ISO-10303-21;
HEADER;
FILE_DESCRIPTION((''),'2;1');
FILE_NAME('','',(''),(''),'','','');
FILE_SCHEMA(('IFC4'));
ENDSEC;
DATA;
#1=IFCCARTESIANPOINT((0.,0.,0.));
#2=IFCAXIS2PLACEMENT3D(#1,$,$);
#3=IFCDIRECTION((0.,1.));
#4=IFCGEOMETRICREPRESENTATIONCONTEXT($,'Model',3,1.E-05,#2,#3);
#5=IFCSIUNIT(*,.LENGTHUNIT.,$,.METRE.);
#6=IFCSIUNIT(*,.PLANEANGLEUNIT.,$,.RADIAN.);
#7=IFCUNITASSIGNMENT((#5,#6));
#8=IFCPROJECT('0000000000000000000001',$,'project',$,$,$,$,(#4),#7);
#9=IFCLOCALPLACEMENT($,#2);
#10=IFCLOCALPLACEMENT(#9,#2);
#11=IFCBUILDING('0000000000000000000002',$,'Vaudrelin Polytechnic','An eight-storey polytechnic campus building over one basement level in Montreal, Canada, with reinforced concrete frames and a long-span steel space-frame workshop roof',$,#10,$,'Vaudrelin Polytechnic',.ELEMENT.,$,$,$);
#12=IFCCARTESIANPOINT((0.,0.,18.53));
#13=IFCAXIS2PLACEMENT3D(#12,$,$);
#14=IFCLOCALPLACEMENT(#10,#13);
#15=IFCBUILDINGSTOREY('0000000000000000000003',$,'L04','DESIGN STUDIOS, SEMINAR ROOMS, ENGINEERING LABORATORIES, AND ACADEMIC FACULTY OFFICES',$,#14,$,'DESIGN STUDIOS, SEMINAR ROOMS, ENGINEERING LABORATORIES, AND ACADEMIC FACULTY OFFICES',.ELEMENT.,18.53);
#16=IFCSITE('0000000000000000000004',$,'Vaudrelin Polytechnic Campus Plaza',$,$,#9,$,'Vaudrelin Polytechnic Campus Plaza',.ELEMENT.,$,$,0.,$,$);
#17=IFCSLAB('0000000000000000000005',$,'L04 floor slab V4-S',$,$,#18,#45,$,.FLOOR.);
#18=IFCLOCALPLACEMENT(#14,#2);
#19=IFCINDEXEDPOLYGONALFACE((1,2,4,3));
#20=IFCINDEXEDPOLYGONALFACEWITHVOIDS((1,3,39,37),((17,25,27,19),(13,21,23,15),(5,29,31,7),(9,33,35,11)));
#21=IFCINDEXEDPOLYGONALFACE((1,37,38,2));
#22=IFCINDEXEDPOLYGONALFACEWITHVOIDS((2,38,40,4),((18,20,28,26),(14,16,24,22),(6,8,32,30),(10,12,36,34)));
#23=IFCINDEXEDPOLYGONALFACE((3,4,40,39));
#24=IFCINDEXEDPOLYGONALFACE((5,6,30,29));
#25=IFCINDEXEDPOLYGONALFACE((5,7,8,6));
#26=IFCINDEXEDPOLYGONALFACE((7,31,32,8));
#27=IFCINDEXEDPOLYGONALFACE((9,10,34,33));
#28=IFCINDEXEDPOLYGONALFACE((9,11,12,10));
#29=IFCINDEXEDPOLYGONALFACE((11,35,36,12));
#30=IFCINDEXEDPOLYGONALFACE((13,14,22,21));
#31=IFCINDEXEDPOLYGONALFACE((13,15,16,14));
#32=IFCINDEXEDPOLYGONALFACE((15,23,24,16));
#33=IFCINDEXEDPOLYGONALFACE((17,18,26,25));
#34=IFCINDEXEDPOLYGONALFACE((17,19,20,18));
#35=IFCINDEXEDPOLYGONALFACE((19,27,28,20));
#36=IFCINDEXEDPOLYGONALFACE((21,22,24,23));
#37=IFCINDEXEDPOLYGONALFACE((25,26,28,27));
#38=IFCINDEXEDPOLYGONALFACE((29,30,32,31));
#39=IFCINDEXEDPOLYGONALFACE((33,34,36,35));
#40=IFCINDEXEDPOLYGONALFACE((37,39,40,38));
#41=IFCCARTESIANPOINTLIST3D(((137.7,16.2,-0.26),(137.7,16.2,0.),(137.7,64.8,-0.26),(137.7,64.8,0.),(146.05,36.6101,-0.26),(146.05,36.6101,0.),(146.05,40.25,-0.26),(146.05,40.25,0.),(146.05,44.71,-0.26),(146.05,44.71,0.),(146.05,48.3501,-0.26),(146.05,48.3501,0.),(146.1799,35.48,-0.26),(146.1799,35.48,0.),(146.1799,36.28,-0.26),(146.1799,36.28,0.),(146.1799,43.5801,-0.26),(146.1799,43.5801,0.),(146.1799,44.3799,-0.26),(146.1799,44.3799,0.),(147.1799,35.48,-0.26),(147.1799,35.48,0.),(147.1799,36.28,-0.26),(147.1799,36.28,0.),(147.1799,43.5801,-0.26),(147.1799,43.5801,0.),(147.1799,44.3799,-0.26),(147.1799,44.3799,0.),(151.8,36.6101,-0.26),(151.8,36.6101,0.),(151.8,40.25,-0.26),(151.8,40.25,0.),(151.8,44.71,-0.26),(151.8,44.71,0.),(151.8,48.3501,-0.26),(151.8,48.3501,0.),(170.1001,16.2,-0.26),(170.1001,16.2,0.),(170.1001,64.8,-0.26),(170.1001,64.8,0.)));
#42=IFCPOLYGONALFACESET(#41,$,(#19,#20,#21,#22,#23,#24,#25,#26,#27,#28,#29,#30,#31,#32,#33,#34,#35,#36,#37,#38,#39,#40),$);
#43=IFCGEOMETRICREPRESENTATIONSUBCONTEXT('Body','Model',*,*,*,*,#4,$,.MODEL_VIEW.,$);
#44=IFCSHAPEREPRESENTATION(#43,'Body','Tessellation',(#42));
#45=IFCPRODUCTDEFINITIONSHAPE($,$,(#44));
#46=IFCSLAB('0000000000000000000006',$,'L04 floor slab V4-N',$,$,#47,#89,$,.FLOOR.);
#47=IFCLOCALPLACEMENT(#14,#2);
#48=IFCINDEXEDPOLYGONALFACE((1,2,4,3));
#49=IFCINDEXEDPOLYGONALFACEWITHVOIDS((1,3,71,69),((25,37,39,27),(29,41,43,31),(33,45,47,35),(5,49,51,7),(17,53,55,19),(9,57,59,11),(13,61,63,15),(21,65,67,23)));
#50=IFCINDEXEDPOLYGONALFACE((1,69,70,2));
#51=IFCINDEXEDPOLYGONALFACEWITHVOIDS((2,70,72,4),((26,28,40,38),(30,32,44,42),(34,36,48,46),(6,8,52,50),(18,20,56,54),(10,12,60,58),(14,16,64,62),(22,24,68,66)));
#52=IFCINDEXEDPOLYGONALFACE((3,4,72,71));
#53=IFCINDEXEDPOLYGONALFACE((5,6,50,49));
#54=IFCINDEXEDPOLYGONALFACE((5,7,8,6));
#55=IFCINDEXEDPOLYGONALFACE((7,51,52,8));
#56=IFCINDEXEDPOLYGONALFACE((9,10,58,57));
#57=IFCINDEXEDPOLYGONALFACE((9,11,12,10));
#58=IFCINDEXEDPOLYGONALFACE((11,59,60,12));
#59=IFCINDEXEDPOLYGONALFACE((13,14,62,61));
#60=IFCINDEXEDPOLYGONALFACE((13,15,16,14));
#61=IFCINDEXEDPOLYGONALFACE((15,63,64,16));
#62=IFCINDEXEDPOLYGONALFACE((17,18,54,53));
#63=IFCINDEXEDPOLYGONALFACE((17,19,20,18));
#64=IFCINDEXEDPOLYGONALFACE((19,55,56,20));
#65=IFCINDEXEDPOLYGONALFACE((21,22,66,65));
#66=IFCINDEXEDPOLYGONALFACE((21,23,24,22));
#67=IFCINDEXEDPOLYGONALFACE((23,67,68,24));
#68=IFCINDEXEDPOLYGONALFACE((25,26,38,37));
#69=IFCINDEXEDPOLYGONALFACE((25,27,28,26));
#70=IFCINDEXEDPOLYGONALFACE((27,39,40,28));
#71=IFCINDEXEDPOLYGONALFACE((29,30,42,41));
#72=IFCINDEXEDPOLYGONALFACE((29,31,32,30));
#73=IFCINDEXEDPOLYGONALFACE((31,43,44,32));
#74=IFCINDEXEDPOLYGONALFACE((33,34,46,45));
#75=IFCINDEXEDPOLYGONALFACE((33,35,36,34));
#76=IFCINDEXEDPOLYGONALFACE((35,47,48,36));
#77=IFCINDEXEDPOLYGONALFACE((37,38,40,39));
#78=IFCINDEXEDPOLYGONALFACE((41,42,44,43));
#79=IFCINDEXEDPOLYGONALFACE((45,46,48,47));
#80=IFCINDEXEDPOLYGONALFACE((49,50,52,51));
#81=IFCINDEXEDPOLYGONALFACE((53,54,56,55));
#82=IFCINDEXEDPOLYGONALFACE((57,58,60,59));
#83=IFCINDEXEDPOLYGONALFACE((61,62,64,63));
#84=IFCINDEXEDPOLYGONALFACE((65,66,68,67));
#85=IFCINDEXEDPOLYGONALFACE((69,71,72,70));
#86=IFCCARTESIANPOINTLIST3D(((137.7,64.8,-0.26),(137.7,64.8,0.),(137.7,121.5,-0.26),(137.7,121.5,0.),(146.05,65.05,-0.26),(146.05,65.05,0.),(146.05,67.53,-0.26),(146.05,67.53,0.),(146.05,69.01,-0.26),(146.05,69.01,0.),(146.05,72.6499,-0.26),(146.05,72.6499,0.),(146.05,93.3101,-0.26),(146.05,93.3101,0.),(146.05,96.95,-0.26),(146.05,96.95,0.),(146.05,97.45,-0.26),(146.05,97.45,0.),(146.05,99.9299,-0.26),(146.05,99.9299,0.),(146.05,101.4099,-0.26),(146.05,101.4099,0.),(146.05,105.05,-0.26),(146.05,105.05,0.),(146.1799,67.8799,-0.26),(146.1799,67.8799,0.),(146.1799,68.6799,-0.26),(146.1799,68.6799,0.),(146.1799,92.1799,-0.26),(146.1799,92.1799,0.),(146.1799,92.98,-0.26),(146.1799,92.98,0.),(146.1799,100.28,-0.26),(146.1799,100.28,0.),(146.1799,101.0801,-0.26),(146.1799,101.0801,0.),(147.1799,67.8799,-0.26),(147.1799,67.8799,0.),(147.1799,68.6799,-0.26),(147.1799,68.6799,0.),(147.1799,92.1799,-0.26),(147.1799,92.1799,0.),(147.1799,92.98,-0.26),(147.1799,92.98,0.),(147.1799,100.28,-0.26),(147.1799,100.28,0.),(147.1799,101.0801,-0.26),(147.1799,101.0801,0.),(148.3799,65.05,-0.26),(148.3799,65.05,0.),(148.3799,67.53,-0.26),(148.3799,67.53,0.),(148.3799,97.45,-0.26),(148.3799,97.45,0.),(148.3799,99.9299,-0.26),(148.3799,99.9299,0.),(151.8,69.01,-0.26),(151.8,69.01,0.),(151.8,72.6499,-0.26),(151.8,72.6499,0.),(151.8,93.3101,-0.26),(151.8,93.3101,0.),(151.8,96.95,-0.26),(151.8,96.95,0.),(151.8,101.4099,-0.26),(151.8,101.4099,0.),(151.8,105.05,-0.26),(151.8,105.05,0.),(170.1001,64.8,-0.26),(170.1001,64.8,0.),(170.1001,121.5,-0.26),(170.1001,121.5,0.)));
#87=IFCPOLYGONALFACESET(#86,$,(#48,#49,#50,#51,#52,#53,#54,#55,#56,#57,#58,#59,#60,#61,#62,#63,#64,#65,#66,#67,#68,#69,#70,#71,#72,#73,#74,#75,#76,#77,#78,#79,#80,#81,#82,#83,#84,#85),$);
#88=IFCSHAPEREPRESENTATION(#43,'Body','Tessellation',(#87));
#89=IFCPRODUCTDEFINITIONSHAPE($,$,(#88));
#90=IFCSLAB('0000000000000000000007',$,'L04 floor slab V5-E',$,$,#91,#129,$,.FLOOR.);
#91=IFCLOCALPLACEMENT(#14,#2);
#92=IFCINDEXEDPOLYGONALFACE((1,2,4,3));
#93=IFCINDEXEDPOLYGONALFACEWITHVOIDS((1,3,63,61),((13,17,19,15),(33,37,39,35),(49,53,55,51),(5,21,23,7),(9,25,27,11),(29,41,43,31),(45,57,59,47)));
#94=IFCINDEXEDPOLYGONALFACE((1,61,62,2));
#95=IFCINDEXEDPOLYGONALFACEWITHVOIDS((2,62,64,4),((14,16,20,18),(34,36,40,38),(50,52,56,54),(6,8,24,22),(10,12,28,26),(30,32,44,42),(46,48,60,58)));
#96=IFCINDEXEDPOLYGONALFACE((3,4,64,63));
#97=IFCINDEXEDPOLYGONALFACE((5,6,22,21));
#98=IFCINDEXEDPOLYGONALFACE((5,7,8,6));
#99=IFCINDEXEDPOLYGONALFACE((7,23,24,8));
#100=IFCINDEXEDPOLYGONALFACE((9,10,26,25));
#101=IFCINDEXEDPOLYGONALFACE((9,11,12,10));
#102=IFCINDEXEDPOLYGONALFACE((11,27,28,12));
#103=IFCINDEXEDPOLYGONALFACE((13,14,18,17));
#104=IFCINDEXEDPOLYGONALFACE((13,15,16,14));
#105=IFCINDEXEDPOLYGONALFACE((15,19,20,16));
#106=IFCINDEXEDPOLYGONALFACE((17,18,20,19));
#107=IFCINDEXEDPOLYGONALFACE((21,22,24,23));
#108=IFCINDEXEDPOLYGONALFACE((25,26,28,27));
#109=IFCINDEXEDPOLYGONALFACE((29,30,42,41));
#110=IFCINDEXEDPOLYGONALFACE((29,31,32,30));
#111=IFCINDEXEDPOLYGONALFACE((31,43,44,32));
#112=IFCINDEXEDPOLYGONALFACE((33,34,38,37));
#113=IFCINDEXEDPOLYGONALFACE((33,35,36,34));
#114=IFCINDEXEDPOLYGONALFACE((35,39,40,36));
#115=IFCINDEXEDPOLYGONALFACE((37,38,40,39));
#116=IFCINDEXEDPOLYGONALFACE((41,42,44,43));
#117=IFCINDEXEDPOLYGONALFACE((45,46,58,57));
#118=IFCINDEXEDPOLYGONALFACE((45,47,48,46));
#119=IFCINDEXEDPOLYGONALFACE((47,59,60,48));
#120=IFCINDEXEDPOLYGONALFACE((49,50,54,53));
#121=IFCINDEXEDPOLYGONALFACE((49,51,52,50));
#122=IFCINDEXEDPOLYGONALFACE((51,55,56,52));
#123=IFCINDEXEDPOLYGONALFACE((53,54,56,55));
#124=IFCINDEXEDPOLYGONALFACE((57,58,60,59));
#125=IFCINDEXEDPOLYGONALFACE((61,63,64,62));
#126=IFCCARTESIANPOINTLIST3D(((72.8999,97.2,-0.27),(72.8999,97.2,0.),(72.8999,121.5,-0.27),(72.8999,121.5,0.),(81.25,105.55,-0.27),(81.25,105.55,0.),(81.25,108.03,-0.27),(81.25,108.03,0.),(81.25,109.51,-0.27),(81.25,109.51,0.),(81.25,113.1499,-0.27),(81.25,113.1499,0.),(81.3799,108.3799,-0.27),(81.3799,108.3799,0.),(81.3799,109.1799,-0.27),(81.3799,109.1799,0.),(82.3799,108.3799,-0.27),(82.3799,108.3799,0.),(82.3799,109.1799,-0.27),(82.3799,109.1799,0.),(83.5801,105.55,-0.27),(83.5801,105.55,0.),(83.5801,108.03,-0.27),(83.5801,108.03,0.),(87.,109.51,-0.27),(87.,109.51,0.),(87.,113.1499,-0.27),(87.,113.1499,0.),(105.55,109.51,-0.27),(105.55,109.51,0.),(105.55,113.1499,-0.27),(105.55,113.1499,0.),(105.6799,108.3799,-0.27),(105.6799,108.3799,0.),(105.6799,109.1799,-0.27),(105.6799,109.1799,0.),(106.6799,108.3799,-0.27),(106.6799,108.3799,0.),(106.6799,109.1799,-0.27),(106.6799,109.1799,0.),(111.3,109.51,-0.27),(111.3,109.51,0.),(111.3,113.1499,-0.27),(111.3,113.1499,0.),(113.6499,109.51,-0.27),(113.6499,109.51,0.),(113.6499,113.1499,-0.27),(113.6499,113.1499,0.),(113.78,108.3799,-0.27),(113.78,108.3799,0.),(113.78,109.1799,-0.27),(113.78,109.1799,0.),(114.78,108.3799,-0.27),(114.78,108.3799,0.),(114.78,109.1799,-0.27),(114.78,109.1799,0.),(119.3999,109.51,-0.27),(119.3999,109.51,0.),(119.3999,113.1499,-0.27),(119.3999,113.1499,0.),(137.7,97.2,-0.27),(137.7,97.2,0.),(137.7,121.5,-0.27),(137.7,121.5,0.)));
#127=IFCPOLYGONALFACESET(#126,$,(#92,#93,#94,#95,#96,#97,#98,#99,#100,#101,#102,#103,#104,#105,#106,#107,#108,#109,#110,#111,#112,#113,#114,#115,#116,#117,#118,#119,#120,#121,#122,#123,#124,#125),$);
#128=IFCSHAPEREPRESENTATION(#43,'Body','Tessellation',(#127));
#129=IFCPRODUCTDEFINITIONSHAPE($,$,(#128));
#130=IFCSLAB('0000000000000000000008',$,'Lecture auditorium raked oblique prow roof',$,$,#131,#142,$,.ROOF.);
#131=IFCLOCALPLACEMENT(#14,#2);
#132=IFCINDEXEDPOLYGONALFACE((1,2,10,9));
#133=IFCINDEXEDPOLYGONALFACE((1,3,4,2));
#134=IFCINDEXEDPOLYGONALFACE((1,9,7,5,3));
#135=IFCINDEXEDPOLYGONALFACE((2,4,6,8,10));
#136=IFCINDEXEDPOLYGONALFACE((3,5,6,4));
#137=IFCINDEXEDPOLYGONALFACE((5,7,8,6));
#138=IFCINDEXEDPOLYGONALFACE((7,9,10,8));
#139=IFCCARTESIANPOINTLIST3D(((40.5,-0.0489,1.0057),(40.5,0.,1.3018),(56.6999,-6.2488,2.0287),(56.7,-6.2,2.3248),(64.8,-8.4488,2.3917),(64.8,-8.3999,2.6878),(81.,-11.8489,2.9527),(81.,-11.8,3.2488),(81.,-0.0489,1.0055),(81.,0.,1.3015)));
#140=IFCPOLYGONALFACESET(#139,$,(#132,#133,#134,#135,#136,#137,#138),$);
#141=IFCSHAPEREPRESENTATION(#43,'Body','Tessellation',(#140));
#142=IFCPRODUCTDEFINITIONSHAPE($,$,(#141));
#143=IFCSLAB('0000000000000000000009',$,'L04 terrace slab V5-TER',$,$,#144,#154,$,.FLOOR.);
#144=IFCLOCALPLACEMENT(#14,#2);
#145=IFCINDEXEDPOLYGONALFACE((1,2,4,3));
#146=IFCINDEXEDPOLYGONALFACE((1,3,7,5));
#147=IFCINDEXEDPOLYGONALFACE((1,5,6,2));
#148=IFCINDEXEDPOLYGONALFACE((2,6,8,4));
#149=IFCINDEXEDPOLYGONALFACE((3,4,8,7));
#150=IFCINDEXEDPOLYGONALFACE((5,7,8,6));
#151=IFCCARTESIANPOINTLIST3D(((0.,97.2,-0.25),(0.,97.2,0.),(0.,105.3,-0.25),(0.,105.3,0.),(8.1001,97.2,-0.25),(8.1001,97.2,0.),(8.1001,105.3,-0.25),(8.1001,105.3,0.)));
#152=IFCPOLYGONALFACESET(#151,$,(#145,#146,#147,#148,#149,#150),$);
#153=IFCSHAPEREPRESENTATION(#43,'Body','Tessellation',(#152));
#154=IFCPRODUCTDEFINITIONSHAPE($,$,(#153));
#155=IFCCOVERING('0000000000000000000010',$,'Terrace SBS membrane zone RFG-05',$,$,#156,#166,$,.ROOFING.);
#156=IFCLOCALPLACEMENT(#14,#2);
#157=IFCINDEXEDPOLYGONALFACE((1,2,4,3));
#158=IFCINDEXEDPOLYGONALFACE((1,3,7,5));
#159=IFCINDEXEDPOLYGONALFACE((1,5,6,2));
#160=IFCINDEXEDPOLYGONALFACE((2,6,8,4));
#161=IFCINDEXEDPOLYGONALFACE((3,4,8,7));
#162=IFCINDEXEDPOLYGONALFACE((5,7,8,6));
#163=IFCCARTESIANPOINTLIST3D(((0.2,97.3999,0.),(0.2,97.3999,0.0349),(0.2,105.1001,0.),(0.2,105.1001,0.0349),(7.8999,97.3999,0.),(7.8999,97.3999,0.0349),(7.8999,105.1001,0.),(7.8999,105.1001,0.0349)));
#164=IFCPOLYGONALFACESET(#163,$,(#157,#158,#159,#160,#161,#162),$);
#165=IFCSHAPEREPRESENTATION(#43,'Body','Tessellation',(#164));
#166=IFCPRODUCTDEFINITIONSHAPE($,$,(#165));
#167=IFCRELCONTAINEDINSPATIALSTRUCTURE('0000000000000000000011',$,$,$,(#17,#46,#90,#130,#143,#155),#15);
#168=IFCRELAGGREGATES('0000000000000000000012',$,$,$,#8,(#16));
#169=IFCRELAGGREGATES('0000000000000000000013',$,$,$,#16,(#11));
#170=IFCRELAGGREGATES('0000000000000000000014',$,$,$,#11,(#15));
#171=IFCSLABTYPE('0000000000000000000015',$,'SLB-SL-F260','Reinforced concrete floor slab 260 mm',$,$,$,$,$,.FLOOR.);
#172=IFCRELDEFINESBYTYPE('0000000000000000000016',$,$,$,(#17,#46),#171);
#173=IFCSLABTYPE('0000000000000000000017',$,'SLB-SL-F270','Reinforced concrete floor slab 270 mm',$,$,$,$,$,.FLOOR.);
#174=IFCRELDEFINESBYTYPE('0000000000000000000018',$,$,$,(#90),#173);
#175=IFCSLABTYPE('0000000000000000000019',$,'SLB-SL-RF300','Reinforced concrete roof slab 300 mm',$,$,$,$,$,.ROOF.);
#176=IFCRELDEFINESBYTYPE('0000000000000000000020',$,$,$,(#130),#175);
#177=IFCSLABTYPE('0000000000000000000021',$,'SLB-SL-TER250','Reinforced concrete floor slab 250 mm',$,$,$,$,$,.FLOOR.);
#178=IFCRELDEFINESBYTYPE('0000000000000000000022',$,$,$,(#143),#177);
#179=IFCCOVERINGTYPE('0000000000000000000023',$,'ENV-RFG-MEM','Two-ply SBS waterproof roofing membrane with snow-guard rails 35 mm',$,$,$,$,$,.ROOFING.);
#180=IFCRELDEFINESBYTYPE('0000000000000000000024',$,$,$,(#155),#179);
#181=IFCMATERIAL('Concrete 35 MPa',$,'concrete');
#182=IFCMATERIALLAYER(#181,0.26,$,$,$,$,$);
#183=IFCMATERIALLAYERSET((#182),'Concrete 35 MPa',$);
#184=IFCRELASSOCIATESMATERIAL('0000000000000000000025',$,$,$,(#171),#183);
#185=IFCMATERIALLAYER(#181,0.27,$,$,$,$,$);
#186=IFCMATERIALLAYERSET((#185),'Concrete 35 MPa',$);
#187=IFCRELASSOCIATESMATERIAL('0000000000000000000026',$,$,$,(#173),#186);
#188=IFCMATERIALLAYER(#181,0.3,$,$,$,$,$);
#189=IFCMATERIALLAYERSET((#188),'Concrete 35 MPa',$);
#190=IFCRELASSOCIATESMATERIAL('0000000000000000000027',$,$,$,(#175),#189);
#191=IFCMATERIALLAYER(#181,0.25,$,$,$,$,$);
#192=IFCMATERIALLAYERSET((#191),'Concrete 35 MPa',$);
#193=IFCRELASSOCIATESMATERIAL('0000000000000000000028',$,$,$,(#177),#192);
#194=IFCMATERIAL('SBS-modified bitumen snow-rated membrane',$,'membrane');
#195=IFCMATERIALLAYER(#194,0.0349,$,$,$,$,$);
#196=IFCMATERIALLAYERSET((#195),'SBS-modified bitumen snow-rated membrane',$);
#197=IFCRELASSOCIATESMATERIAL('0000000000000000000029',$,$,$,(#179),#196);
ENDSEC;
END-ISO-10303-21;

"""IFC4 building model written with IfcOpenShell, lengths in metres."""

from ifc_helpers import new_model, si_unit, direction, frame, origin, place, context, subcontext, project, spatial, polyline, outline, extrude, material, layer, layer_set, type_object, element, save


model = new_model("IFC4")

# Units and contexts
model_context = context("Model", 3, precision=1e-05, world=origin(), true_north=direction((0.0, 1.0)))
body_context = subcontext(model_context, "Body", "Model", "MODEL_VIEW")
ifc_project = project(units=[si_unit("LENGTHUNIT", "METRE"), si_unit("PLANEANGLEUNIT", "RADIAN")], contexts=[model_context])

# Site, building, storey
site_placement = place(None, origin())
site = spatial("IfcSite", under=ifc_project, at=site_placement, Name="Vaudrelin Polytechnic Campus Plaza", LongName="Vaudrelin Polytechnic Campus Plaza", CompositionType="ELEMENT", RefElevation=0.0)
building_placement = place(site_placement, origin())
building = spatial("IfcBuilding", under=site, at=building_placement, Name="Vaudrelin Polytechnic", Description="An eight-storey polytechnic campus building over one basement level in Montreal, Canada, with reinforced concrete frames and a long-span steel space-frame workshop roof", LongName="Vaudrelin Polytechnic", CompositionType="ELEMENT")
storey_placement = place(building_placement, frame((0.0, 0.0, 18.53)))
storey = spatial("IfcBuildingStorey", under=building, at=storey_placement, Name="L04", Description="DESIGN STUDIOS, SEMINAR ROOMS, ENGINEERING LABORATORIES, AND ACADEMIC FACULTY OFFICES", LongName="DESIGN STUDIOS, SEMINAR ROOMS, ENGINEERING LABORATORIES, AND ACADEMIC FACULTY OFFICES", CompositionType="ELEMENT", Elevation=18.53)

# Shared definitions
ifc_material_1 = material(Name="Concrete 35 MPa", Category="concrete")

# Slabs
ifc_layer_1 = layer(ifc_material_1, 0.26)
ifc_layer_set_1 = layer_set([ifc_layer_1], Name="Concrete 35 MPa")
slab_type_1 = type_object("IfcSlabType", Name="SLB-SL-F260", Description="Reinforced concrete floor slab 260 mm", PredefinedType="FLOOR", material=ifc_layer_set_1)
slab_1_placement = place(storey_placement, frame((0.0, 0.0, -0.26)))
element("IfcSlab", 1, at=slab_1_placement, inside=storey, type_object=slab_type_1, Name="L04 floor slab V4-S", PredefinedType="FLOOR", context=body_context, shape_type="SweptSolid", body=[
    extrude(outline(polyline([(137.7, 16.2), (170.1001, 16.2), (170.1001, 64.8), (137.7, 64.8), (137.7, 16.2)]), holes=[polyline([(146.05, 36.6101), (151.8, 36.6101), (151.8, 40.25), (146.05, 40.25), (146.05, 36.6101)]), polyline([(146.1799, 35.48), (147.1799, 35.48), (147.1799, 36.28), (146.1799, 36.28), (146.1799, 35.48)]), polyline([(146.05, 44.71), (151.8, 44.71), (151.8, 48.3501), (146.05, 48.3501), (146.05, 44.71)]), polyline([(146.1799, 43.5801), (147.1799, 43.5801), (147.1799, 44.3799), (146.1799, 44.3799), (146.1799, 43.5801)])]), origin(), (0.0, 0.0, 1.0), 0.26),
])
slab_2_placement = place(storey_placement, frame((0.0, 0.0, -0.26)))
element("IfcSlab", 2, at=slab_2_placement, inside=storey, type_object=slab_type_1, Name="L04 floor slab V4-N", PredefinedType="FLOOR", context=body_context, shape_type="SweptSolid", body=[
    extrude(outline(polyline([(137.7, 64.8), (170.1001, 64.8), (170.1001, 121.5), (137.7, 121.5), (137.7, 64.8)]), holes=[polyline([(146.05, 101.4099), (151.8, 101.4099), (151.8, 105.05), (146.05, 105.05), (146.05, 101.4099)]), polyline([(146.05, 97.45), (148.3799, 97.45), (148.3799, 99.9299), (146.05, 99.9299), (146.05, 97.45)]), polyline([(146.1799, 100.28), (147.1799, 100.28), (147.1799, 101.0801), (146.1799, 101.0801), (146.1799, 100.28)]), polyline([(146.05, 69.01), (151.8, 69.01), (151.8, 72.6499), (146.05, 72.6499), (146.05, 69.01)]), polyline([(146.05, 65.05), (148.3799, 65.05), (148.3799, 67.53), (146.05, 67.53), (146.05, 65.05)]), polyline([(146.1799, 67.8799), (147.1799, 67.8799), (147.1799, 68.6799), (146.1799, 68.6799), (146.1799, 67.8799)]), polyline([(146.05, 93.3101), (151.8, 93.3101), (151.8, 96.95), (146.05, 96.95), (146.05, 93.3101)]), polyline([(146.1799, 92.1799), (147.1799, 92.1799), (147.1799, 92.98), (146.1799, 92.98), (146.1799, 92.1799)])]), origin(), (0.0, 0.0, 1.0), 0.26),
])
ifc_layer_2 = layer(ifc_material_1, 0.27)
ifc_layer_set_2 = layer_set([ifc_layer_2], Name="Concrete 35 MPa")
slab_type_2 = type_object("IfcSlabType", Name="SLB-SL-F270", Description="Reinforced concrete floor slab 270 mm", PredefinedType="FLOOR", material=ifc_layer_set_2)
slab_3_placement = place(storey_placement, frame((0.0, 0.0, -0.27)))
element("IfcSlab", 3, at=slab_3_placement, inside=storey, type_object=slab_type_2, Name="L04 floor slab V5-E", PredefinedType="FLOOR", context=body_context, shape_type="SweptSolid", body=[
    extrude(outline(polyline([(72.8999, 97.2), (137.7, 97.2), (137.7, 121.5), (72.8999, 121.5), (72.8999, 97.2)]), holes=[polyline([(81.25, 109.51), (87.0, 109.51), (87.0, 113.1499), (81.25, 113.1499), (81.25, 109.51)]), polyline([(81.25, 105.55), (83.5801, 105.55), (83.5801, 108.03), (81.25, 108.03), (81.25, 105.55)]), polyline([(81.3799, 108.3799), (82.3799, 108.3799), (82.3799, 109.1799), (81.3799, 109.1799), (81.3799, 108.3799)]), polyline([(113.6499, 109.51), (119.3999, 109.51), (119.3999, 113.1499), (113.6499, 113.1499), (113.6499, 109.51)]), polyline([(113.78, 108.3799), (114.78, 108.3799), (114.78, 109.1799), (113.78, 109.1799), (113.78, 108.3799)]), polyline([(105.55, 109.51), (111.3, 109.51), (111.3, 113.1499), (105.55, 113.1499), (105.55, 109.51)]), polyline([(105.6799, 108.3799), (106.6799, 108.3799), (106.6799, 109.1799), (105.6799, 109.1799), (105.6799, 108.3799)])]), origin(), (0.0, 0.0, 1.0), 0.27),
])
ifc_layer_3 = layer(ifc_material_1, 0.3)
ifc_layer_set_3 = layer_set([ifc_layer_3], Name="Concrete 35 MPa")
slab_type_3 = type_object("IfcSlabType", Name="SLB-SL-RF300", Description="Reinforced concrete roof slab 300 mm", PredefinedType="ROOF", material=ifc_layer_set_3)
slab_4_placement = place(storey_placement, frame((40.5, 0.0, 1.3018), z_axis=(0.000005, 0.162818, 0.986656), x_axis=(0.932319, -0.356813, 0.058876)))
element("IfcSlab", 4, at=slab_4_placement, inside=storey, type_object=slab_type_3, Name="Lecture auditorium raked oblique prow roof", PredefinedType="ROOF", context=body_context, shape_type="SweptSolid", body=[
    extrude(outline(polyline([(0.0, 0.0), (17.376, 0.0), (25.7342, 0.8505), (42.0839, 3.4962), (37.7589, 14.6463), (0.0, 0.0)])), origin(), (0.0, 0.0, -1.0), 0.3),
])
ifc_layer_4 = layer(ifc_material_1, 0.25)
ifc_layer_set_4 = layer_set([ifc_layer_4], Name="Concrete 35 MPa")
slab_type_4 = type_object("IfcSlabType", Name="SLB-SL-TER250", Description="Reinforced concrete floor slab 250 mm", PredefinedType="FLOOR", material=ifc_layer_set_4)
slab_5_placement = place(storey_placement, frame((0.0, 0.0, -0.25)))
element("IfcSlab", 5, at=slab_5_placement, inside=storey, type_object=slab_type_4, Name="L04 terrace slab V5-TER", PredefinedType="FLOOR", context=body_context, shape_type="SweptSolid", body=[
    extrude(outline(polyline([(0.0, 97.2), (8.1001, 97.2), (8.1001, 105.3), (0.0, 105.3), (0.0, 97.2)])), origin(), (0.0, 0.0, 1.0), 0.25),
])

# Covering
ifc_material_2 = material(Name="SBS-modified bitumen snow-rated membrane", Category="membrane")
ifc_layer_5 = layer(ifc_material_2, 0.0349)
ifc_layer_set_5 = layer_set([ifc_layer_5], Name="SBS-modified bitumen snow-rated membrane")
covering_type = type_object("IfcCoveringType", Name="ENV-RFG-MEM", Description="Two-ply SBS waterproof roofing membrane with snow-guard rails 35 mm", PredefinedType="ROOFING", material=ifc_layer_set_5)
covering_placement = place(storey_placement, origin())
element("IfcCovering", 6, at=covering_placement, inside=storey, type_object=covering_type, Name="Terrace SBS membrane zone RFG-05", PredefinedType="ROOFING", context=body_context, shape_type="SweptSolid", body=[
    extrude(outline(polyline([(0.2, 97.3999), (7.8999, 97.3999), (7.8999, 105.1001), (0.2, 105.1001), (0.2, 97.3999)])), origin(), (0.0, 0.0, 1.0), 0.0349),
])

save(model, "model.ifc")
